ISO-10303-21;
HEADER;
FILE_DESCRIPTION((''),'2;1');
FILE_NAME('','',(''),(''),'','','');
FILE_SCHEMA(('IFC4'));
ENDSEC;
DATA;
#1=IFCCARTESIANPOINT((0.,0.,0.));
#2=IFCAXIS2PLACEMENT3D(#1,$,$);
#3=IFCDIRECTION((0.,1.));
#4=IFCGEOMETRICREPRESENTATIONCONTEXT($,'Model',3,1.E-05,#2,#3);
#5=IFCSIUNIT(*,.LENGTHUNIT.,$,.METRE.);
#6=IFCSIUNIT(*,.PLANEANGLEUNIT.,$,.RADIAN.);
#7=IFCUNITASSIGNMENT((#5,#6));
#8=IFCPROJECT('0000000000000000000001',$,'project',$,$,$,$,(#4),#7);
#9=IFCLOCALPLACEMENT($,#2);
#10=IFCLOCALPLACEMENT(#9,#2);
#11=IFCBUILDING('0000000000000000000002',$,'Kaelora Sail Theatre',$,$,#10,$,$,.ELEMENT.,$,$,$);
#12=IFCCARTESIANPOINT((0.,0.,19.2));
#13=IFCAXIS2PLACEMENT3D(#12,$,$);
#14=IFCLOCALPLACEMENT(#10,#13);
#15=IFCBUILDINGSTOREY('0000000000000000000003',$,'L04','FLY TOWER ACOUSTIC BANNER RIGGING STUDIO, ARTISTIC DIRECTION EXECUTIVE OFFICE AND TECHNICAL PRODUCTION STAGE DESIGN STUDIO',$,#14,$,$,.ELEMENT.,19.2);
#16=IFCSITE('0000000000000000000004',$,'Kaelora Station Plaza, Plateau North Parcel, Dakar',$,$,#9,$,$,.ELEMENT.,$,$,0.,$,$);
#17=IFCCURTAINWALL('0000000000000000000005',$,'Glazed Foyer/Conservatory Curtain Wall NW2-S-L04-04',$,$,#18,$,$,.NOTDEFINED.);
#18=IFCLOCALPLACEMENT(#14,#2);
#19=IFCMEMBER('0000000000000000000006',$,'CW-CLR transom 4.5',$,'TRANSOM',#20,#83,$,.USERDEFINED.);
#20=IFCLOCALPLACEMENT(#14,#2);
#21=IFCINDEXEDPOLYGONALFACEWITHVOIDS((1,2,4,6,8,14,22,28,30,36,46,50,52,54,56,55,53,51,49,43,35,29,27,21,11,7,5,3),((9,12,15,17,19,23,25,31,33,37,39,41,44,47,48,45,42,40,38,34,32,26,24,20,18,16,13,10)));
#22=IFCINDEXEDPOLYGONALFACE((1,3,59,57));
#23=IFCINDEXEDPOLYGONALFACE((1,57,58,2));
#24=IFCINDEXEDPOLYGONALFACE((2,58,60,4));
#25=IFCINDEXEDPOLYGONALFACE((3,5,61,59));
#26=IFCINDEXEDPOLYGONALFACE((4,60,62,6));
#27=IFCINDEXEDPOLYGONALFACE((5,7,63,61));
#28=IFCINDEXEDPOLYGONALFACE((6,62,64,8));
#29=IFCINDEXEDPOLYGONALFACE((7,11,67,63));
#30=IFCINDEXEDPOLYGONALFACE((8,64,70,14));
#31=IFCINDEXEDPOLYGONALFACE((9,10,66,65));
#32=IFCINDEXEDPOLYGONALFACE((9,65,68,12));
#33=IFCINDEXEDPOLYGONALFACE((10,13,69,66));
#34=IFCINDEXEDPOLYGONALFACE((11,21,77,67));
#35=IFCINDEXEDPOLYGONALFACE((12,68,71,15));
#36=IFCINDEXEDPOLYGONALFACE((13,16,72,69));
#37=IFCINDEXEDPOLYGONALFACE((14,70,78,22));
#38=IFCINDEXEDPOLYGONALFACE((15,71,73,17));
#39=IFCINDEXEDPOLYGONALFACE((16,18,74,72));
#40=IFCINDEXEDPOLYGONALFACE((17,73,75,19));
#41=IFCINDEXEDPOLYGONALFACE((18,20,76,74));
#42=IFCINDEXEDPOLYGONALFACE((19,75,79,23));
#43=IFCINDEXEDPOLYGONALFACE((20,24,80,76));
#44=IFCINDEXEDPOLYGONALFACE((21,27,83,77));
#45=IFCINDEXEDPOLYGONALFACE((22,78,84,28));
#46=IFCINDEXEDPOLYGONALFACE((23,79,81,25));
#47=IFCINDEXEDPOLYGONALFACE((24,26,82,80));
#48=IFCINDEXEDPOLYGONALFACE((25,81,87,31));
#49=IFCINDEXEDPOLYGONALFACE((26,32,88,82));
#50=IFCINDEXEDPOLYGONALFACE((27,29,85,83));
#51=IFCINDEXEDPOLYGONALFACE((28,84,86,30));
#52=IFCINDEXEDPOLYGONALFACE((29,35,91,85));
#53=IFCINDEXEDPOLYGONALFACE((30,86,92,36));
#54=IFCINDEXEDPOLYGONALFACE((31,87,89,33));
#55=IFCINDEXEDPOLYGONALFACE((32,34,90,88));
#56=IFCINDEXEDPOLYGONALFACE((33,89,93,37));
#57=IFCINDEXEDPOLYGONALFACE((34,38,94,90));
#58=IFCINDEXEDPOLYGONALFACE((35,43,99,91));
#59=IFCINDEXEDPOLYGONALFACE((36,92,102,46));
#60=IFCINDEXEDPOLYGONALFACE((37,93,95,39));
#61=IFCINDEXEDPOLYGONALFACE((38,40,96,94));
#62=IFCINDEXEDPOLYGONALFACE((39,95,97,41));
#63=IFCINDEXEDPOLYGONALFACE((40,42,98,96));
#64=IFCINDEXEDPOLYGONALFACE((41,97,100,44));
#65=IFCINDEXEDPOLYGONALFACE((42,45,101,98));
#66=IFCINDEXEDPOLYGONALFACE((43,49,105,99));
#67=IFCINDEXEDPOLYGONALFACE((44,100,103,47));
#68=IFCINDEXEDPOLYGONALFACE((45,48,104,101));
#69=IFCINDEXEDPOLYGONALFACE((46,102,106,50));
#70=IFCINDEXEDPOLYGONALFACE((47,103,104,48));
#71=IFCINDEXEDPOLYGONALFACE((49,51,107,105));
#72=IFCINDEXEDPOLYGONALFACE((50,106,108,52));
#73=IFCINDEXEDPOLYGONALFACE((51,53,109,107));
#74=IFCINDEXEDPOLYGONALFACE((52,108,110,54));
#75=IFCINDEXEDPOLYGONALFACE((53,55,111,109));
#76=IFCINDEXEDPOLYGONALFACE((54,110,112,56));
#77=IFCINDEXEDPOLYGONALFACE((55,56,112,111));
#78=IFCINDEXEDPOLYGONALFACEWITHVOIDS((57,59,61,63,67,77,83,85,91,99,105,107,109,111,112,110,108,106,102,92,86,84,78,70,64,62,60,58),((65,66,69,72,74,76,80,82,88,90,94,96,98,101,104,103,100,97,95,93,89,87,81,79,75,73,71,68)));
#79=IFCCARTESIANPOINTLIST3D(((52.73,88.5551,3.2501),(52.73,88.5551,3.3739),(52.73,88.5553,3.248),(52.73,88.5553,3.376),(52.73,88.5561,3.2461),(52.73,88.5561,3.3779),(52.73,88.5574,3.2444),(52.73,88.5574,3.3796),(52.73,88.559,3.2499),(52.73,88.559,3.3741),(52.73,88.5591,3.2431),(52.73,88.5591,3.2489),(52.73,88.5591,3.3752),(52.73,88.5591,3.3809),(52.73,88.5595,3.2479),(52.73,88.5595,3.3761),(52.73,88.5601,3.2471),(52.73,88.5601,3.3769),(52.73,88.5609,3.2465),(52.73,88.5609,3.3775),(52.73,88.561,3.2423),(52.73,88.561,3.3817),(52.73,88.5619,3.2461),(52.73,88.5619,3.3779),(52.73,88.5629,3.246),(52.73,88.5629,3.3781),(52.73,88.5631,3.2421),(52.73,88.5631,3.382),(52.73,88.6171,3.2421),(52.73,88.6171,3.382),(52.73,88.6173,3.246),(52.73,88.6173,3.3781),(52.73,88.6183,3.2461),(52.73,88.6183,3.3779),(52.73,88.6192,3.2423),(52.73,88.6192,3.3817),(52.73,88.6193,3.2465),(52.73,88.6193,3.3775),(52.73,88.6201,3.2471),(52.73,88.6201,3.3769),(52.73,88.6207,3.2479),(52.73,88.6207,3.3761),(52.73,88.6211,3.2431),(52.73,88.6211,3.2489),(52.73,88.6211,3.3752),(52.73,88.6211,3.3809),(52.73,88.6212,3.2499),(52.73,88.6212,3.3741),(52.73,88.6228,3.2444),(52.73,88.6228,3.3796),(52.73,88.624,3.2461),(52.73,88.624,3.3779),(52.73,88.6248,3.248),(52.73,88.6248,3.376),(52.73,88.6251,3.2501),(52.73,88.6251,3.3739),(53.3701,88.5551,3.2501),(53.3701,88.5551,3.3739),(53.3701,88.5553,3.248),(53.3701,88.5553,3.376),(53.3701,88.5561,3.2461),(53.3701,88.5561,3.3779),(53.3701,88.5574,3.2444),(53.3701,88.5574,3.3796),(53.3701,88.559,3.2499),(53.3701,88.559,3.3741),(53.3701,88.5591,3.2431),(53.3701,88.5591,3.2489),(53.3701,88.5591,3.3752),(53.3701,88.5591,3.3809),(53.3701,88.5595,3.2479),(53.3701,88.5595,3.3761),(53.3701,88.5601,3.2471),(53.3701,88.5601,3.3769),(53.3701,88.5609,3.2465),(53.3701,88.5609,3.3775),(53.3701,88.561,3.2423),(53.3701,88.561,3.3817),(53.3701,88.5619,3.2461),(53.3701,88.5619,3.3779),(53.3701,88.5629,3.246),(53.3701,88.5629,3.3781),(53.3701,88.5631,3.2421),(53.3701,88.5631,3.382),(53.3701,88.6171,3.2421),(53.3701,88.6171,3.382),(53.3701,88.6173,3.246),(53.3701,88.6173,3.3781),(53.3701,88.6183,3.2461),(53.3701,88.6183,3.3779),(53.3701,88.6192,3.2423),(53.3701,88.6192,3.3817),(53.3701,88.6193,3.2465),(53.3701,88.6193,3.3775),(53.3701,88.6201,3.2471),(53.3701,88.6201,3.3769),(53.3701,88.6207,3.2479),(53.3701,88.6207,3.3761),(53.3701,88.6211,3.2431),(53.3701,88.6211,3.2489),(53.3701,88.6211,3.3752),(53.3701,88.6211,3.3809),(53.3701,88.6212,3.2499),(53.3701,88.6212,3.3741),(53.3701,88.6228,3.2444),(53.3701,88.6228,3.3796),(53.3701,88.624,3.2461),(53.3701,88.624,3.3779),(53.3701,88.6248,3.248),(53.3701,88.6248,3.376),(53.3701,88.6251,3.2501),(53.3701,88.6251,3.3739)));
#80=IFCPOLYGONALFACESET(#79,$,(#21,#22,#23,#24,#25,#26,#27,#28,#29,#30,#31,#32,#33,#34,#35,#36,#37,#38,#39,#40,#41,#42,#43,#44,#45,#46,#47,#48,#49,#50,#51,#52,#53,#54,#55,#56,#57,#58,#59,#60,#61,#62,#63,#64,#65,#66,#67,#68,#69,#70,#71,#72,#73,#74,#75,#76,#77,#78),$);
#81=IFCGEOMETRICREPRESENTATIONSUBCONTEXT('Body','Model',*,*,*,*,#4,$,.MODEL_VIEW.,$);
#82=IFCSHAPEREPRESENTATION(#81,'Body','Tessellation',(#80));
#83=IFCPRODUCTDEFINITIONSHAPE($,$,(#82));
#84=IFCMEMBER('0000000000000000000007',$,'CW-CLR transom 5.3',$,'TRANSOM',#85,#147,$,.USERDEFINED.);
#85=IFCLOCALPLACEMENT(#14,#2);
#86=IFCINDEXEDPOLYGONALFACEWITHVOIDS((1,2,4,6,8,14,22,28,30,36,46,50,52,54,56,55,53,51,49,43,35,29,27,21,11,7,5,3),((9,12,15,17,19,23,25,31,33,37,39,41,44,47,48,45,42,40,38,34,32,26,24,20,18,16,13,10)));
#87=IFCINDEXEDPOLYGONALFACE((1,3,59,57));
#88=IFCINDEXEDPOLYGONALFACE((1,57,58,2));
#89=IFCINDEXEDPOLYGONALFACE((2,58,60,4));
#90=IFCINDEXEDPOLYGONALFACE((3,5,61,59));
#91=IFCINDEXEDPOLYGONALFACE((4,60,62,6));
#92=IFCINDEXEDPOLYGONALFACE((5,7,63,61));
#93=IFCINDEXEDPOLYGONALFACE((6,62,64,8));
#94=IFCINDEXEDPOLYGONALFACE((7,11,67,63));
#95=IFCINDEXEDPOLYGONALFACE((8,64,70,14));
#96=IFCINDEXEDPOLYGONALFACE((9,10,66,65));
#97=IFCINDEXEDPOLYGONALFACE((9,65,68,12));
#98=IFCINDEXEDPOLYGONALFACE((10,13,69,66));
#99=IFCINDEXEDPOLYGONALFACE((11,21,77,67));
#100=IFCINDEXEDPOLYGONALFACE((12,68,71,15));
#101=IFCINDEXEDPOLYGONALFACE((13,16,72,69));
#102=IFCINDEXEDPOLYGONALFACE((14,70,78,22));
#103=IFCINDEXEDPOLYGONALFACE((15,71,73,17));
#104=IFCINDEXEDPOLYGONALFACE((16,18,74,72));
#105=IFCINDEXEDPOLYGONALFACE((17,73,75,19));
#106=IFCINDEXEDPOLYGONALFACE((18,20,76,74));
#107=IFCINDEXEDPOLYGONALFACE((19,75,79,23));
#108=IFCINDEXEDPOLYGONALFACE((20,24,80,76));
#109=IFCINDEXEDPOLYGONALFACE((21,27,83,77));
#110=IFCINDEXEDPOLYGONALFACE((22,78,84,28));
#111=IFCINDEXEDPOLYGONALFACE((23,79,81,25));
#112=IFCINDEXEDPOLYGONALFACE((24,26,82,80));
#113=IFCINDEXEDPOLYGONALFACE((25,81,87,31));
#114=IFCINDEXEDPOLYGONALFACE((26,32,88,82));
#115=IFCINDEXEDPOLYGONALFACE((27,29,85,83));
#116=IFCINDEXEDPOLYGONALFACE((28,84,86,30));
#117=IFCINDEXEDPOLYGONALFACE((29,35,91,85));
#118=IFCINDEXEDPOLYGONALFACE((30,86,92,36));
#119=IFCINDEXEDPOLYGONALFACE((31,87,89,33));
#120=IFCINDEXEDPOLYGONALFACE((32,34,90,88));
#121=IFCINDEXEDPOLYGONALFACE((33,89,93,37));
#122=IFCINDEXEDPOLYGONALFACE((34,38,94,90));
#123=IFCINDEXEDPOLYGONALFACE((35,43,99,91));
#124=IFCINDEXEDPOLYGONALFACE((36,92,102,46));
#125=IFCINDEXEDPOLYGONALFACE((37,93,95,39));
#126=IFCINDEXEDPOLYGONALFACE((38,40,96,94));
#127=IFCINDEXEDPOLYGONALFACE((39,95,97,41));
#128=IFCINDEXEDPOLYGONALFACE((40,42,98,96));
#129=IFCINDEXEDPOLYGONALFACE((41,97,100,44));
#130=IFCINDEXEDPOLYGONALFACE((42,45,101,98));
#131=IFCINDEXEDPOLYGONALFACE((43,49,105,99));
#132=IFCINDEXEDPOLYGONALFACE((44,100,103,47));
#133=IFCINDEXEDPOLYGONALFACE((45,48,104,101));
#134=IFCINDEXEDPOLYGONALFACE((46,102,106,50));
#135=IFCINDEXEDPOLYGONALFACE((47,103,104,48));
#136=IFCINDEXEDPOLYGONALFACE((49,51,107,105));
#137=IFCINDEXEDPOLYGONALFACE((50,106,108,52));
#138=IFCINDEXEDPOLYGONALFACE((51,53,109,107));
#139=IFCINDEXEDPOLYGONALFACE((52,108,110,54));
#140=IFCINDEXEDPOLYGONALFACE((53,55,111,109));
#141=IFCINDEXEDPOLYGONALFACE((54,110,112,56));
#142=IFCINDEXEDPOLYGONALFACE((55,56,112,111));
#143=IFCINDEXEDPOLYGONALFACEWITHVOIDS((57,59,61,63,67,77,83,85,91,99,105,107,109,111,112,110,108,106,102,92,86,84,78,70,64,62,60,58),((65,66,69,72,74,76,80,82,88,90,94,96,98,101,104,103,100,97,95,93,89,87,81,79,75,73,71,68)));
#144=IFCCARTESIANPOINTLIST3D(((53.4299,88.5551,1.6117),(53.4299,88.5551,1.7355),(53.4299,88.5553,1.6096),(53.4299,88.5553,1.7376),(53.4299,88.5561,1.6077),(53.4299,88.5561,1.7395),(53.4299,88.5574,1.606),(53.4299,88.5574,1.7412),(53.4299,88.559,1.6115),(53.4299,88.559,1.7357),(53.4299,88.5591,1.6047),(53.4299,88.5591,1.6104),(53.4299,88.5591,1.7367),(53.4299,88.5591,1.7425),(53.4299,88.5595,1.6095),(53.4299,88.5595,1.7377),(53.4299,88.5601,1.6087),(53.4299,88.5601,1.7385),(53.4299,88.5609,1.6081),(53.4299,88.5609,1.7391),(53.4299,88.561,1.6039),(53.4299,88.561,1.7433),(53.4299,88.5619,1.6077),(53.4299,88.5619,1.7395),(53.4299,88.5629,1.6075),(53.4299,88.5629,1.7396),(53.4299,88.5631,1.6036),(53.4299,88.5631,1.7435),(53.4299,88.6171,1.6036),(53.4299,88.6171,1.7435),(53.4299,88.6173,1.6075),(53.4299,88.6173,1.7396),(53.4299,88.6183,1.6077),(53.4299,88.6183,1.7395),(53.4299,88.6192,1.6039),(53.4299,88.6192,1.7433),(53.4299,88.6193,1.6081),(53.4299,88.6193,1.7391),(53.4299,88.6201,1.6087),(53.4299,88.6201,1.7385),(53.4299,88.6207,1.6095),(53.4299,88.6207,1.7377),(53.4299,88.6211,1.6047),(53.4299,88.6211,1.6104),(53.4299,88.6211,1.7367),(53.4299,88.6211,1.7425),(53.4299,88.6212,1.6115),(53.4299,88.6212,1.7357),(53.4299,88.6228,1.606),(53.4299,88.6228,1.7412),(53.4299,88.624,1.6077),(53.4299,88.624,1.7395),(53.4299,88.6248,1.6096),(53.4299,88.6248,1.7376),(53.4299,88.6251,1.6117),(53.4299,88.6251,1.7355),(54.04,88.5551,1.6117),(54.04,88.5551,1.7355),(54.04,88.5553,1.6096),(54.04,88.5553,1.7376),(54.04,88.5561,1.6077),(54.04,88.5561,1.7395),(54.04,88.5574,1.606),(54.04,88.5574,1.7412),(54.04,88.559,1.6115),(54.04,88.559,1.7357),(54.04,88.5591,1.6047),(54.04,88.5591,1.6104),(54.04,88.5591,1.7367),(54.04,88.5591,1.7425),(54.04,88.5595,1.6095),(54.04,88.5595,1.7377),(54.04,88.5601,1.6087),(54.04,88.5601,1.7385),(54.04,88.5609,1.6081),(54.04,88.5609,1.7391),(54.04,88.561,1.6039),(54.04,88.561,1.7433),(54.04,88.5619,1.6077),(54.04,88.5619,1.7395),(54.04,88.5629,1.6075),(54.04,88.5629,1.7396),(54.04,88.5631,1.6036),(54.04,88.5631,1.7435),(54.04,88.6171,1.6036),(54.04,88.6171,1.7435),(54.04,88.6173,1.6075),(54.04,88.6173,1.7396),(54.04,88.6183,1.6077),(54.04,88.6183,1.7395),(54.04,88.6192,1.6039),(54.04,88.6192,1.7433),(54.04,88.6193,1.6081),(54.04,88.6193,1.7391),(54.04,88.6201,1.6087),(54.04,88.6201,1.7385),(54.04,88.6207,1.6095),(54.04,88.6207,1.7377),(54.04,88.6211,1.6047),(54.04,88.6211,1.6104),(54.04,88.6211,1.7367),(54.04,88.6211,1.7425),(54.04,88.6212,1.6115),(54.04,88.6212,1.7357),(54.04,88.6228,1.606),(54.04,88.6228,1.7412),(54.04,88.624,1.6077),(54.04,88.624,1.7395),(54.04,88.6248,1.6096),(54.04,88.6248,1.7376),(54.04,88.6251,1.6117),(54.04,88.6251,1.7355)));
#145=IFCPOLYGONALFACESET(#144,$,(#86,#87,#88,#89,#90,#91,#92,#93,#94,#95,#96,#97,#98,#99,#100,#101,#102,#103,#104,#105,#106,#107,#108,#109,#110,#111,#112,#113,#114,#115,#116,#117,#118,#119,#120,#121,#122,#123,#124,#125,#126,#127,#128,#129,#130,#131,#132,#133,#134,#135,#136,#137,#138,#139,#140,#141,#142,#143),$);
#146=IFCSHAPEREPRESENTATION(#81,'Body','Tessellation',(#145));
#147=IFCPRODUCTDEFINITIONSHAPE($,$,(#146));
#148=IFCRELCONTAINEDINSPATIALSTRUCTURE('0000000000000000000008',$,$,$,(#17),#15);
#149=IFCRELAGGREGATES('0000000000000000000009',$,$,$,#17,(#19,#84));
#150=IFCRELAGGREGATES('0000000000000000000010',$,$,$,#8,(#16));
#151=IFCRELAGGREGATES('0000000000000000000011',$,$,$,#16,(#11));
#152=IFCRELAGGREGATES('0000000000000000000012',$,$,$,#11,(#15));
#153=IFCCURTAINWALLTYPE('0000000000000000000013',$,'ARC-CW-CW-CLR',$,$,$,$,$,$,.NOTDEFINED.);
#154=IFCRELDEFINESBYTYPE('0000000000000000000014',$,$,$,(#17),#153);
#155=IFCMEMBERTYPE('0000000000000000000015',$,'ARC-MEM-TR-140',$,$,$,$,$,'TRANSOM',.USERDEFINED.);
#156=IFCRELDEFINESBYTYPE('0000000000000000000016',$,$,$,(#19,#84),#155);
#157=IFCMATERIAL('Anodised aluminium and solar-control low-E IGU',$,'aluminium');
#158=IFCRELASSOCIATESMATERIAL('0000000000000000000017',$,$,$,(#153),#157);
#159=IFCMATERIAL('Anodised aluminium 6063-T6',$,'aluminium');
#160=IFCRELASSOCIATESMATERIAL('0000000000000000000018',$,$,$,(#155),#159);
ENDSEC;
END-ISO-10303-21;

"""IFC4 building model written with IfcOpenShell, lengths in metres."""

from ifc_helpers import new_model, si_unit, direction, frame, origin, origin_2d, place, context, subcontext, project, spatial, hollow_rectangle, extrude, material, material_profile, profile_set, type_object, element, aggregate, save


model = new_model("IFC4")

# Units and contexts
model_context = context("Model", 3, precision=1e-05, world=origin(), true_north=direction((0.0, 1.0)))
body_context = subcontext(model_context, "Body", "Model", "MODEL_VIEW")
ifc_project = project(units=[si_unit("LENGTHUNIT", "METRE"), si_unit("PLANEANGLEUNIT", "RADIAN")], contexts=[model_context])

# Site, building, storey
site_placement = place(None, origin())
site = spatial("IfcSite", under=ifc_project, at=site_placement, Name="Kaelora Station Plaza, Plateau North Parcel, Dakar", CompositionType="ELEMENT", RefElevation=0.0)
building_placement = place(site_placement, origin())
building = spatial("IfcBuilding", under=site, at=building_placement, Name="Kaelora Sail Theatre", CompositionType="ELEMENT")
storey_placement = place(building_placement, frame((0.0, 0.0, 19.2)))
storey = spatial("IfcBuildingStorey", under=building, at=storey_placement, Name="L04", Description="FLY TOWER ACOUSTIC BANNER RIGGING STUDIO, ARTISTIC DIRECTION EXECUTIVE OFFICE AND TECHNICAL PRODUCTION STAGE DESIGN STUDIO", CompositionType="ELEMENT", Elevation=19.2)

# Curtain wall, members
ifc_material_1 = material(Name="Anodised aluminium and solar-control low-E IGU", Category="aluminium")
curtain_wall_type = type_object("IfcCurtainWallType", Name="ARC-CW-CW-CLR", PredefinedType="NOTDEFINED", material=ifc_material_1)
curtain_wall_1_placement = place(storey_placement, origin())
curtain_wall_1 = element("IfcCurtainWall", 1, at=curtain_wall_1_placement, inside=storey, type_object=curtain_wall_type, Name="Glazed Foyer/Conservatory Curtain Wall NW2-S-L04-04", PredefinedType="NOTDEFINED")
ifc_material_2 = material(Name="Anodised aluminium 6063-T6", Category="aluminium")
ifc_material_profile = material_profile(ifc_material_2, hollow_rectangle(XDim=0.0701, YDim=0.1399, WallThickness=0.0039, InnerFilletRadius=0.0039, OuterFilletRadius=0.0081, at=origin_2d()), Name="ALU-TRAN 70x140x4")
ifc_profile_set = profile_set([ifc_material_profile], Name="Anodised aluminium 6063-T6")
member_type = type_object("IfcMemberType", Name="ARC-MEM-TR-140", ElementType="TRANSOM", PredefinedType="USERDEFINED", material=ifc_profile_set)
member_1_placement = place(storey_placement, frame((52.73, 88.5901, 3.312), z_axis=(1.0, 0.0, 0.0), x_axis=(0.0, 1.0, 0.0)))
member_1 = element("IfcMember", 2, at=member_1_placement, type_object=member_type, Name="CW-CLR transom 4.5", ObjectType="TRANSOM", PredefinedType="USERDEFINED", context=body_context, shape_type="SweptSolid", body=[
    extrude(hollow_rectangle(XDim=0.0701, YDim=0.1399, WallThickness=0.0039, InnerFilletRadius=0.0039, OuterFilletRadius=0.0081, at=origin_2d()), origin(), (0.0, 0.0, 1.0), 0.6401),
])
member_2_placement = place(storey_placement, frame((53.4299, 88.5901, 1.6736), z_axis=(1.0, 0.0, 0.0), x_axis=(0.0, 1.0, 0.0)))
member_2 = element("IfcMember", 3, at=member_2_placement, type_object=member_type, Name="CW-CLR transom 5.3", ObjectType="TRANSOM", PredefinedType="USERDEFINED", context=body_context, shape_type="SweptSolid", body=[
    extrude(hollow_rectangle(XDim=0.0701, YDim=0.1399, WallThickness=0.0039, InnerFilletRadius=0.0039, OuterFilletRadius=0.0081, at=origin_2d()), origin(), (0.0, 0.0, 1.0), 0.6101),
])

aggregate(curtain_wall_1, [member_1, member_2])

save(model, "model.ifc")
